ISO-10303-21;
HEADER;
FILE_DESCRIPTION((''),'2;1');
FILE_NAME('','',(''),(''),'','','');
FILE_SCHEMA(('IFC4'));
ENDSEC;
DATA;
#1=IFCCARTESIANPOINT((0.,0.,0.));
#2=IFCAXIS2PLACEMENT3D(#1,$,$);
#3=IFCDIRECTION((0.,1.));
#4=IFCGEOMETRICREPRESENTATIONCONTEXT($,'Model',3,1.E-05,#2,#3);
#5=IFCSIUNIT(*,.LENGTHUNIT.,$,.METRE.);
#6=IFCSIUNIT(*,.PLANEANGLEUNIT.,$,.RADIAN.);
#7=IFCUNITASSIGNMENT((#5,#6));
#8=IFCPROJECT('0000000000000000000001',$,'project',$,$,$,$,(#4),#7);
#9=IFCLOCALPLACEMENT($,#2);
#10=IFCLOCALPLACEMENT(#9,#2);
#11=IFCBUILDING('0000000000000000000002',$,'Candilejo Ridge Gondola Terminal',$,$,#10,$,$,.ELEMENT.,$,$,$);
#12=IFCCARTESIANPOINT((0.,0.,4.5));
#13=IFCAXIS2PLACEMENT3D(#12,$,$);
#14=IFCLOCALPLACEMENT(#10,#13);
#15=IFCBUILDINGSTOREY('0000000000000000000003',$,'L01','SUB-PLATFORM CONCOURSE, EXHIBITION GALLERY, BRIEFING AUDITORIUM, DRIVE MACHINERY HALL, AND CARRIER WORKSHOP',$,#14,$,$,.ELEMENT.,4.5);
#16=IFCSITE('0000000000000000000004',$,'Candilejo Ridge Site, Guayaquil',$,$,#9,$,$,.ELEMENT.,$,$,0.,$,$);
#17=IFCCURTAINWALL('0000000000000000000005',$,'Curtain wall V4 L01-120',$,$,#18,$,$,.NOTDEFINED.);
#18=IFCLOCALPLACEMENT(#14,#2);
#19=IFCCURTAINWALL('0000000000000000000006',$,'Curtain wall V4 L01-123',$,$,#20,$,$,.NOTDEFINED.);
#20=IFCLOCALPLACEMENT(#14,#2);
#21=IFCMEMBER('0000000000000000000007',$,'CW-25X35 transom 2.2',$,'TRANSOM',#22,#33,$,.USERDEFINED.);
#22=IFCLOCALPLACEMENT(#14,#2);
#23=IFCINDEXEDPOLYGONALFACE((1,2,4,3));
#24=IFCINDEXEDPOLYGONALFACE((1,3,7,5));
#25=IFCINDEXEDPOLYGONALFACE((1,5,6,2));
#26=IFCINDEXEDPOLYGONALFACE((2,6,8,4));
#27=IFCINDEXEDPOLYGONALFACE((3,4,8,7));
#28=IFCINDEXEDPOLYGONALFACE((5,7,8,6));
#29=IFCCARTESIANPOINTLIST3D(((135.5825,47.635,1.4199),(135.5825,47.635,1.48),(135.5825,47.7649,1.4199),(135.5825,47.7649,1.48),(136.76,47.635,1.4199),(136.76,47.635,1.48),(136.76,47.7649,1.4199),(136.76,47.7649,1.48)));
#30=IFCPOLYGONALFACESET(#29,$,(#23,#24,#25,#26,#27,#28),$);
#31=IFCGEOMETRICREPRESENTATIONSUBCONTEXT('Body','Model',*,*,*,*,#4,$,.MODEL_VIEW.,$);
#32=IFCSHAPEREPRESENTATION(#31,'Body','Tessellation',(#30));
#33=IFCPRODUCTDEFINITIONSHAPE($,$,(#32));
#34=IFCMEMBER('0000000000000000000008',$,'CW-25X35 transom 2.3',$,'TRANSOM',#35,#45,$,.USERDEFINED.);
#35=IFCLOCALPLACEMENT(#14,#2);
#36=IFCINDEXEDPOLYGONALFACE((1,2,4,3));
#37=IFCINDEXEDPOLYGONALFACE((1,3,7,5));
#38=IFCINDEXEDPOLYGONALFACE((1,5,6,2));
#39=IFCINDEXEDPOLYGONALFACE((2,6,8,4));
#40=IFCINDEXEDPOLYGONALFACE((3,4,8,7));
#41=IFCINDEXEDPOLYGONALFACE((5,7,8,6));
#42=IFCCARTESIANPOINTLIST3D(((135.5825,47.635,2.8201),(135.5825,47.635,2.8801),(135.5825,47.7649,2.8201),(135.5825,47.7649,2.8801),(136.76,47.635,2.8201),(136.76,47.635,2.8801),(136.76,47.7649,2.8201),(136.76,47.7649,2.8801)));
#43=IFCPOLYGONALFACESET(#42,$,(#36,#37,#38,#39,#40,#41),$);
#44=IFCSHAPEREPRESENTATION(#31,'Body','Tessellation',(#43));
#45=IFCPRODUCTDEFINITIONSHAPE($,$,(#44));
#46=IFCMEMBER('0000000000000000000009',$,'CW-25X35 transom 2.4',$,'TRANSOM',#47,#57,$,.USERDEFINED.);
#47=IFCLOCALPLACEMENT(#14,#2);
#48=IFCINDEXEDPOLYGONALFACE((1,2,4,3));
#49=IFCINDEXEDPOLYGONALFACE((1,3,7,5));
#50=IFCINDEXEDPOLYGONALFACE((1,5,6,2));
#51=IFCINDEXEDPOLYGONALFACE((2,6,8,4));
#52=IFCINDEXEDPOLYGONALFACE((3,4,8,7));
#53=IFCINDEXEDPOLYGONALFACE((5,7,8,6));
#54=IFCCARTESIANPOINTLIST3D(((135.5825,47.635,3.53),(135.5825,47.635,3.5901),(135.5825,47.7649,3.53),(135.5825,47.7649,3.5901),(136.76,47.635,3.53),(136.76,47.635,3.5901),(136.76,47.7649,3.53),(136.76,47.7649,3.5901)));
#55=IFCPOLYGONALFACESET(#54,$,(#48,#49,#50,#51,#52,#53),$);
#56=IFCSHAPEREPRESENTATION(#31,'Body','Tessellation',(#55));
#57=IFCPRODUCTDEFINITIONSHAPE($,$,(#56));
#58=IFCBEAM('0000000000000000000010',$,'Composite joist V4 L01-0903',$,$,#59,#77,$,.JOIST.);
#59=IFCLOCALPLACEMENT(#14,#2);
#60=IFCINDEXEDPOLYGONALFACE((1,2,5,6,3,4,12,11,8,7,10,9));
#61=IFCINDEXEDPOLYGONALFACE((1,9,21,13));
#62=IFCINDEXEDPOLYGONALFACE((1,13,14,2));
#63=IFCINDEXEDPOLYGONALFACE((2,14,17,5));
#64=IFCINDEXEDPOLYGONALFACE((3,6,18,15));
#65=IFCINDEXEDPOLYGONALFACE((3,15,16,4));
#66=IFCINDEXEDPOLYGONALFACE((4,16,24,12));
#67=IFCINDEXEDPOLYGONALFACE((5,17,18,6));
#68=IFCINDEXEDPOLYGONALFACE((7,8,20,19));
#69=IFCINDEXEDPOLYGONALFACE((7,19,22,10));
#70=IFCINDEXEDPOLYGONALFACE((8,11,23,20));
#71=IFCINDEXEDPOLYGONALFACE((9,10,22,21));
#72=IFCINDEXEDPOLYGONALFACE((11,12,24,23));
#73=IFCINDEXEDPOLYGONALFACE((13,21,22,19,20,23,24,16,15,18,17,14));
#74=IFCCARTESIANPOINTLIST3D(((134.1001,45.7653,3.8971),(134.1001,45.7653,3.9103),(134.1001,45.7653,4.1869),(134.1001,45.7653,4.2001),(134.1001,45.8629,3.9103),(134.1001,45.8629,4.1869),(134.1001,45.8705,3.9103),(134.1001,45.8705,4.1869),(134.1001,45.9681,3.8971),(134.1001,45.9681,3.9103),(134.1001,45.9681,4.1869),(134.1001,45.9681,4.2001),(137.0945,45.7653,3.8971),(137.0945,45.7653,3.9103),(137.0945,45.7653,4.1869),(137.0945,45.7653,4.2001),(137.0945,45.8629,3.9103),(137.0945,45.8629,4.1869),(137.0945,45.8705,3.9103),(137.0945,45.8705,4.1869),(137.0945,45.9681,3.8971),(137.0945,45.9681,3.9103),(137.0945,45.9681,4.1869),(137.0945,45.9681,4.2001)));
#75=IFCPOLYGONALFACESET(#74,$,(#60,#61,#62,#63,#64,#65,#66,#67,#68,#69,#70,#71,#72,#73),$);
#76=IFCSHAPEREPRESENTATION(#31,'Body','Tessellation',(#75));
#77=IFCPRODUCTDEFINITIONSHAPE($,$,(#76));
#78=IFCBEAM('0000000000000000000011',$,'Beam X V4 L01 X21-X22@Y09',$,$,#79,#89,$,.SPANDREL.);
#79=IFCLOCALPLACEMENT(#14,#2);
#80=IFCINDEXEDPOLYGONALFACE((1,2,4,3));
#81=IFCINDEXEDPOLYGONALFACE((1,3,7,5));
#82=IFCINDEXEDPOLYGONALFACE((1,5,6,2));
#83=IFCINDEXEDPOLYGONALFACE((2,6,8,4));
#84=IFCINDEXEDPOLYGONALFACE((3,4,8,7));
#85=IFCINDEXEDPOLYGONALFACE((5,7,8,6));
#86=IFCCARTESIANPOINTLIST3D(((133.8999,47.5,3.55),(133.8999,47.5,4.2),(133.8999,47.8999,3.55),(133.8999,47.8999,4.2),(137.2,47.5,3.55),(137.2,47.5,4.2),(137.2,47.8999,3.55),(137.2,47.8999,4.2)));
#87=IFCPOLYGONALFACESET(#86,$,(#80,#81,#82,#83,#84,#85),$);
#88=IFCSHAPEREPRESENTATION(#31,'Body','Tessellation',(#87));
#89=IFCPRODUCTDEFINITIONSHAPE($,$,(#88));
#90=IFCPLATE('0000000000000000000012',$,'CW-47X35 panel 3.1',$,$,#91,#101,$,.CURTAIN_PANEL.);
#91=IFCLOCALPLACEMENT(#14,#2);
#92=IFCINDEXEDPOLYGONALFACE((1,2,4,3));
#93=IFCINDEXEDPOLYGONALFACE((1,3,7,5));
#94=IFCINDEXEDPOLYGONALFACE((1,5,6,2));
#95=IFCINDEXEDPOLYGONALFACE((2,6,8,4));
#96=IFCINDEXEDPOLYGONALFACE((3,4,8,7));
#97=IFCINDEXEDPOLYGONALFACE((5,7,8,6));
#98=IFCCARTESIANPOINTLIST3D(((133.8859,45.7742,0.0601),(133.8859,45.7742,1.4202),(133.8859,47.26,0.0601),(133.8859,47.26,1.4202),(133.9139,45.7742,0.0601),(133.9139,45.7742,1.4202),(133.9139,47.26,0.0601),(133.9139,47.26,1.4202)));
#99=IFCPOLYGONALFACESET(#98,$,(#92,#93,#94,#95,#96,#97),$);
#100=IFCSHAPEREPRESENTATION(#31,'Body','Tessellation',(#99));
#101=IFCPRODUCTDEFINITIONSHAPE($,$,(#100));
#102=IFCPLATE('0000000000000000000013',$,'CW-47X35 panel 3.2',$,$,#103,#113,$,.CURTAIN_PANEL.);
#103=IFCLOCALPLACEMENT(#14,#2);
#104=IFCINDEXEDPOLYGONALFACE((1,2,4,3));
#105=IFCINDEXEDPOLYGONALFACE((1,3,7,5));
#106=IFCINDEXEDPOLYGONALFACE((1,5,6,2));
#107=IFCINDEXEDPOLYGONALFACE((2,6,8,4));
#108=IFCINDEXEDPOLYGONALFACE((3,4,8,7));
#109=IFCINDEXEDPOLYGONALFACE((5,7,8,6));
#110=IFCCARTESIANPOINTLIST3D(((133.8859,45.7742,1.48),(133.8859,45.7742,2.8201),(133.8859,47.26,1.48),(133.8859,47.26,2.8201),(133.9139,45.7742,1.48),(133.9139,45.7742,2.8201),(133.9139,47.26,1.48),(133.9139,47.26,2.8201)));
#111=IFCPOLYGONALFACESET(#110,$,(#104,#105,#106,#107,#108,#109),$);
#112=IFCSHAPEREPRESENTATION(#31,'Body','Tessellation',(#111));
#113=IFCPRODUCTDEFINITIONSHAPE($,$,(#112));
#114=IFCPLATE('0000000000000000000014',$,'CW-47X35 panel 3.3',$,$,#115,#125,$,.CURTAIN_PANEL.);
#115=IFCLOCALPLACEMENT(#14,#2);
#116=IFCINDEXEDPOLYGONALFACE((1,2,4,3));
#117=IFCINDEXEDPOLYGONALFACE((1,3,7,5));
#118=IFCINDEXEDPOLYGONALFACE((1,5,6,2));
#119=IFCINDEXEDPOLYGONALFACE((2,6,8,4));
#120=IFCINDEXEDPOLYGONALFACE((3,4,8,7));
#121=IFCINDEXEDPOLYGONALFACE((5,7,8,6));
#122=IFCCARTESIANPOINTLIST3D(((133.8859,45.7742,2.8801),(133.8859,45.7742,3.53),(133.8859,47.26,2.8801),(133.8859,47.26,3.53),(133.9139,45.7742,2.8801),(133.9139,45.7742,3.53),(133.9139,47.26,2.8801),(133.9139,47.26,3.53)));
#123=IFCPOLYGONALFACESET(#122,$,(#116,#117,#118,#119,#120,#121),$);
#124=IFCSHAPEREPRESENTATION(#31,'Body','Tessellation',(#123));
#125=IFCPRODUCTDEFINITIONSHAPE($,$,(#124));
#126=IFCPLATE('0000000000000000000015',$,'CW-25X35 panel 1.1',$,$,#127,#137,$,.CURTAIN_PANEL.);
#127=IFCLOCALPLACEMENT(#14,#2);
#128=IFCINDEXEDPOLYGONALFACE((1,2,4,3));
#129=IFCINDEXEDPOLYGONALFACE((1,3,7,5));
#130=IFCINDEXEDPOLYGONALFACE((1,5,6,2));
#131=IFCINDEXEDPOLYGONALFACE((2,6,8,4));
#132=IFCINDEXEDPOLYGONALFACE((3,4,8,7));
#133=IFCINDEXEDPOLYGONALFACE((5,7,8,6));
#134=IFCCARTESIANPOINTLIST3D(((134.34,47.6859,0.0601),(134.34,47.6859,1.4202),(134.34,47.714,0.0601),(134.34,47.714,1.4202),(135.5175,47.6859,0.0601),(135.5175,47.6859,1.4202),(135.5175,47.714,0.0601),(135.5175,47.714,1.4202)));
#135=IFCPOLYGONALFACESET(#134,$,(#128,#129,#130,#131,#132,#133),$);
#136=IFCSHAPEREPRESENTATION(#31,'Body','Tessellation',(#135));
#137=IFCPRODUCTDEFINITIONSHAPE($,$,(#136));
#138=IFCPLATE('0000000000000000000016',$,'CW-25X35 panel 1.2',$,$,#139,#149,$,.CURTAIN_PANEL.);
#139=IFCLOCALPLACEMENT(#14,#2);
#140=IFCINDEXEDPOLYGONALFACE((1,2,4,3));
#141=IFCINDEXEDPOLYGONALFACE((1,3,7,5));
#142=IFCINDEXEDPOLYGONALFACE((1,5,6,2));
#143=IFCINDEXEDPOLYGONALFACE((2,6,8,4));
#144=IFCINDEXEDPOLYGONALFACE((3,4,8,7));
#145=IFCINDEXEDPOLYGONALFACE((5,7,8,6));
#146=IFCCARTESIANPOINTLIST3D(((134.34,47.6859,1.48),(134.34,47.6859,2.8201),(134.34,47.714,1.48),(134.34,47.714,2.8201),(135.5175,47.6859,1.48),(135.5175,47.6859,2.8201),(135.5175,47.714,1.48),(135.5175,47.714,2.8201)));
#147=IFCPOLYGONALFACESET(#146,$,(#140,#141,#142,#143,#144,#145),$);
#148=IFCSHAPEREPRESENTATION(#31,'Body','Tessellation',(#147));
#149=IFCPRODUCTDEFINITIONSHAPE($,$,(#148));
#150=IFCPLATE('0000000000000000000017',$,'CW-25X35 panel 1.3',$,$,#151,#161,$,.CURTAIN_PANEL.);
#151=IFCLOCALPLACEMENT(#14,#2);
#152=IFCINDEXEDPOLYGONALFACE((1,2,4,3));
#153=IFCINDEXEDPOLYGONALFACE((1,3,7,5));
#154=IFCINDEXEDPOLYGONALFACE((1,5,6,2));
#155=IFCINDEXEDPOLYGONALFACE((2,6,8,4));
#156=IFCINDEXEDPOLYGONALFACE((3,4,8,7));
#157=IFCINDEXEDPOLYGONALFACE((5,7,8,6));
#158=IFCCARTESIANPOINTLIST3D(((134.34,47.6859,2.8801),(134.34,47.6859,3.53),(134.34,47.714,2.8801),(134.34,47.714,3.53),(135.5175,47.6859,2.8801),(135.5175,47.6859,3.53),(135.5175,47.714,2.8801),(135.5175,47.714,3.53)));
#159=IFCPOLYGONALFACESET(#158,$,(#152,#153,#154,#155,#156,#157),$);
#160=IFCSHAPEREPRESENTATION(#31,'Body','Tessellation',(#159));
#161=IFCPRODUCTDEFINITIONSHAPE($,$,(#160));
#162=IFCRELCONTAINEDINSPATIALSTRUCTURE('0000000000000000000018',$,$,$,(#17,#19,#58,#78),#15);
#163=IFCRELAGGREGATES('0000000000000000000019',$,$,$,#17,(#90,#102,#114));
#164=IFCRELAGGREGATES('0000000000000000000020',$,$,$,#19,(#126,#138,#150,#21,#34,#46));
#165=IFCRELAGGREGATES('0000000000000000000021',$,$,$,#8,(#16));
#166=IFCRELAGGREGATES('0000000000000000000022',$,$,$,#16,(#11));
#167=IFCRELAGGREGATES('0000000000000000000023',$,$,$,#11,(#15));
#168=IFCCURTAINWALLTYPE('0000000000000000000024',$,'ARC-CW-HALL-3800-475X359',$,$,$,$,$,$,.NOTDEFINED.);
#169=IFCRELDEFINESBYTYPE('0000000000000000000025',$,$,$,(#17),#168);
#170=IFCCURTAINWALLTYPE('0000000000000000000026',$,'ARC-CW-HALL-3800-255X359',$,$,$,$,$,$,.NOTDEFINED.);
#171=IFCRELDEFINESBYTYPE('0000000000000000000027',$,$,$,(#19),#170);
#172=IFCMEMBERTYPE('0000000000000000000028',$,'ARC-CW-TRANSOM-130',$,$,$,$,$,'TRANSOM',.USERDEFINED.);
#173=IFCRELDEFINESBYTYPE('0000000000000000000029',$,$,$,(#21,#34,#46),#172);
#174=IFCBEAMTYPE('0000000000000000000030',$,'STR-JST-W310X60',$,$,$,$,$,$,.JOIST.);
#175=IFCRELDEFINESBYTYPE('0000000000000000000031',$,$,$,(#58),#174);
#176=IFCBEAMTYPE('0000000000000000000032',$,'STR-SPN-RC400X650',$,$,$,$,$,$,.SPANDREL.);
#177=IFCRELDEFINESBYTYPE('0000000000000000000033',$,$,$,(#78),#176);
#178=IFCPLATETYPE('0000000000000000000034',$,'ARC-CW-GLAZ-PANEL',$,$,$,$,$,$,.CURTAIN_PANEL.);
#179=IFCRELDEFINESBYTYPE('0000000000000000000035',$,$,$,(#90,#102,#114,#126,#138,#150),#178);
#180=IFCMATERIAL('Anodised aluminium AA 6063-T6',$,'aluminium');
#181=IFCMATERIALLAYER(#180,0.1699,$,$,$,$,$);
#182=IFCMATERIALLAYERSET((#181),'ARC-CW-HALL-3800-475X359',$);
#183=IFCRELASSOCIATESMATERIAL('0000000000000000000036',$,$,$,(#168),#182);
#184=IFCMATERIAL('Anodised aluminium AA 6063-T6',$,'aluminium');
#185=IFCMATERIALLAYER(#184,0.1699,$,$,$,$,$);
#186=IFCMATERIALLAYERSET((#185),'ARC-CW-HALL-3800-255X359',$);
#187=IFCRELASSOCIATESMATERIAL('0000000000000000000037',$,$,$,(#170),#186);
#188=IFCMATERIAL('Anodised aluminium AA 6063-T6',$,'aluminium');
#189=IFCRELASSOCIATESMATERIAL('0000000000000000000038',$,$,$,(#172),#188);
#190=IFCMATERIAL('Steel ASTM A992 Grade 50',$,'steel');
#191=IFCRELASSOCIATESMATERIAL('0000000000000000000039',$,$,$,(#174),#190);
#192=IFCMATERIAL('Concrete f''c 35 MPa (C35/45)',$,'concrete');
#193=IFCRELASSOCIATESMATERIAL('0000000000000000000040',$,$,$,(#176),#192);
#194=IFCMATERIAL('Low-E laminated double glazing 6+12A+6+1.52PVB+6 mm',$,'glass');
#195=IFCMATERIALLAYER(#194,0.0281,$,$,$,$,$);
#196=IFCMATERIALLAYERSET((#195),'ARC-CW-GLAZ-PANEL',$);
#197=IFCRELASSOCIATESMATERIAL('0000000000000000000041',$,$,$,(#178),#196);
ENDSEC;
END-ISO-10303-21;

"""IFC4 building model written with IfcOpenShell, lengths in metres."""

from ifc_helpers import new_model, si_unit, direction, frame, origin, origin_2d, place, context, subcontext, project, spatial, rectangle, i_section, extrude, material, layer, layer_set, material_profile, profile_set, type_object, element, aggregate, save


model = new_model("IFC4")

# Units and contexts
model_context = context("Model", 3, precision=1e-05, world=origin(), true_north=direction((0.0, 1.0)))
body_context = subcontext(model_context, "Body", "Model", "MODEL_VIEW")
ifc_project = project(units=[si_unit("LENGTHUNIT", "METRE"), si_unit("PLANEANGLEUNIT", "RADIAN")], contexts=[model_context])

# Site, building, storey
site_placement = place(None, origin())
site = spatial("IfcSite", under=ifc_project, at=site_placement, Name="Candilejo Ridge Site, Guayaquil", CompositionType="ELEMENT", RefElevation=0.0)
building_placement = place(site_placement, origin())
building = spatial("IfcBuilding", under=site, at=building_placement, Name="Candilejo Ridge Gondola Terminal", CompositionType="ELEMENT")
storey_placement = place(building_placement, frame((0.0, 0.0, 4.5)))
storey = spatial("IfcBuildingStorey", under=building, at=storey_placement, Name="L01", Description="SUB-PLATFORM CONCOURSE, EXHIBITION GALLERY, BRIEFING AUDITORIUM, DRIVE MACHINERY HALL, AND CARRIER WORKSHOP", CompositionType="ELEMENT", Elevation=4.5)

# Curtain walls
ifc_material_1 = material(Name="Anodised aluminium AA 6063-T6", Category="aluminium")
ifc_layer_1 = layer(ifc_material_1, 0.1699)
ifc_layer_set_1 = layer_set([ifc_layer_1], Name="ARC-CW-HALL-3800-475X359")
curtain_wall_type_1 = type_object("IfcCurtainWallType", Name="ARC-CW-HALL-3800-475X359", PredefinedType="NOTDEFINED", material=ifc_layer_set_1)
curtain_wall_1_placement = place(storey_placement, origin())
curtain_wall_1 = element("IfcCurtainWall", 1, at=curtain_wall_1_placement, inside=storey, type_object=curtain_wall_type_1, Name="Curtain wall V4 L01-120", PredefinedType="NOTDEFINED")
ifc_material_2 = material(Name="Anodised aluminium AA 6063-T6", Category="aluminium")
ifc_layer_2 = layer(ifc_material_2, 0.1699)
ifc_layer_set_2 = layer_set([ifc_layer_2], Name="ARC-CW-HALL-3800-255X359")
curtain_wall_type_2 = type_object("IfcCurtainWallType", Name="ARC-CW-HALL-3800-255X359", PredefinedType="NOTDEFINED", material=ifc_layer_set_2)
curtain_wall_2_placement = place(storey_placement, origin())
curtain_wall_2 = element("IfcCurtainWall", 2, at=curtain_wall_2_placement, inside=storey, type_object=curtain_wall_type_2, Name="Curtain wall V4 L01-123", PredefinedType="NOTDEFINED")

# Members
ifc_material_3 = material(Name="Anodised aluminium AA 6063-T6", Category="aluminium")
ifc_material_profile_1 = material_profile(ifc_material_3, rectangle(XDim=0.1299, YDim=0.0601, at=origin_2d()))
ifc_profile_set_1 = profile_set([ifc_material_profile_1], Name="Anodised aluminium AA 6063-T6")
member_type_1 = type_object("IfcMemberType", Name="ARC-CW-TRANSOM-130", ElementType="TRANSOM", PredefinedType="USERDEFINED", material=ifc_profile_set_1)
member_1_placement = place(storey_placement, frame((135.5825, 47.7, 1.45), z_axis=(1.0, 0.0, 0.0), x_axis=(0.0, 1.0, 0.0)))
member_1 = element("IfcMember", 3, at=member_1_placement, type_object=member_type_1, Name="CW-25X35 transom 2.2", ObjectType="TRANSOM", PredefinedType="USERDEFINED", context=body_context, shape_type="SweptSolid", body=[
    extrude(rectangle(XDim=0.1299, YDim=0.0601, at=origin_2d()), origin(), (0.0, 0.0, 1.0), 1.1775),
])
member_2_placement = place(storey_placement, frame((135.5825, 47.7, 2.8501), z_axis=(1.0, 0.0, 0.0), x_axis=(0.0, 1.0, 0.0)))
member_2 = element("IfcMember", 4, at=member_2_placement, type_object=member_type_1, Name="CW-25X35 transom 2.3", ObjectType="TRANSOM", PredefinedType="USERDEFINED", context=body_context, shape_type="SweptSolid", body=[
    extrude(rectangle(XDim=0.1299, YDim=0.0601, at=origin_2d()), origin(), (0.0, 0.0, 1.0), 1.1775),
])
member_3_placement = place(storey_placement, frame((135.5825, 47.7, 3.5601), z_axis=(1.0, 0.0, 0.0), x_axis=(0.0, 1.0, 0.0)))
member_3 = element("IfcMember", 5, at=member_3_placement, type_object=member_type_1, Name="CW-25X35 transom 2.4", ObjectType="TRANSOM", PredefinedType="USERDEFINED", context=body_context, shape_type="SweptSolid", body=[
    extrude(rectangle(XDim=0.1299, YDim=0.0601, at=origin_2d()), origin(), (0.0, 0.0, 1.0), 1.1775),
])

# Beams
ifc_material_4 = material(Name="Steel ASTM A992 Grade 50", Category="steel")
ifc_material_profile_2 = material_profile(ifc_material_4, i_section(OverallWidth=0.2029, OverallDepth=0.303, WebThickness=0.0076, FlangeThickness=0.0132, at=origin_2d()))
ifc_profile_set_2 = profile_set([ifc_material_profile_2], Name="Steel ASTM A992 Grade 50")
beam_type_1 = type_object("IfcBeamType", Name="STR-JST-W310X60", PredefinedType="JOIST", material=ifc_profile_set_2)
beam_1_placement = place(storey_placement, frame((134.1001, 45.8667, 4.0486), z_axis=(1.0, 0.0, 0.0), x_axis=(0.0, 1.0, 0.0)))
element("IfcBeam", 6, at=beam_1_placement, inside=storey, type_object=beam_type_1, Name="Composite joist V4 L01-0903", PredefinedType="JOIST", context=body_context, shape_type="SweptSolid", body=[
    extrude(i_section(OverallWidth=0.2029, OverallDepth=0.303, WebThickness=0.0076, FlangeThickness=0.0132, at=origin_2d()), origin(), (0.0, 0.0, 1.0), 2.9944),
])
ifc_material_5 = material(Name="Concrete f'c 35 MPa (C35/45)", Category="concrete")
ifc_material_profile_3 = material_profile(ifc_material_5, rectangle(XDim=0.3999, YDim=0.6499, at=origin_2d()))
ifc_profile_set_3 = profile_set([ifc_material_profile_3], Name="Concrete f'c 35 MPa (C35/45)")
beam_type_2 = type_object("IfcBeamType", Name="STR-SPN-RC400X650", PredefinedType="SPANDREL", material=ifc_profile_set_3)
beam_2_placement = place(storey_placement, frame((133.8999, 47.7, 3.875), z_axis=(1.0, 0.0, 0.0), x_axis=(0.0, 1.0, 0.0)))
element("IfcBeam", 7, at=beam_2_placement, inside=storey, type_object=beam_type_2, Name="Beam X V4 L01 X21-X22@Y09", PredefinedType="SPANDREL", context=body_context, shape_type="SweptSolid", body=[
    extrude(rectangle(XDim=0.3999, YDim=0.6499, at=origin_2d()), origin(), (0.0, 0.0, 1.0), 3.3),
])

# Plates
ifc_material_6 = material(Name="Low-E laminated double glazing 6+12A+6+1.52PVB+6 mm", Category="glass")
ifc_layer_3 = layer(ifc_material_6, 0.0281)
ifc_layer_set_3 = layer_set([ifc_layer_3], Name="ARC-CW-GLAZ-PANEL")
plate_type = type_object("IfcPlateType", Name="ARC-CW-GLAZ-PANEL", PredefinedType="CURTAIN_PANEL", material=ifc_layer_set_3)
plate_1_placement = place(storey_placement, frame((133.8999, 46.5171, 0.0601), z_axis=(0.0, 0.0, 1.0), x_axis=(0.0, 1.0, 0.0)))
plate_1 = element("IfcPlate", 8, at=plate_1_placement, type_object=plate_type, Name="CW-47X35 panel 3.1", PredefinedType="CURTAIN_PANEL", context=body_context, shape_type="SweptSolid", body=[
    extrude(rectangle(XDim=1.4858, YDim=0.0281, at=origin_2d()), origin(), (0.0, 0.0, 1.0), 1.3601),
])
plate_2_placement = place(storey_placement, frame((133.8999, 46.5171, 1.48), z_axis=(0.0, 0.0, 1.0), x_axis=(0.0, 1.0, 0.0)))
plate_2 = element("IfcPlate", 9, at=plate_2_placement, type_object=plate_type, Name="CW-47X35 panel 3.2", PredefinedType="CURTAIN_PANEL", context=body_context, shape_type="SweptSolid", body=[
    extrude(rectangle(XDim=1.4858, YDim=0.0281, at=origin_2d()), origin(), (0.0, 0.0, 1.0), 1.3401),
])
plate_3_placement = place(storey_placement, frame((133.8999, 46.5171, 2.8801), z_axis=(0.0, 0.0, 1.0), x_axis=(0.0, 1.0, 0.0)))
plate_3 = element("IfcPlate", 10, at=plate_3_placement, type_object=plate_type, Name="CW-47X35 panel 3.3", PredefinedType="CURTAIN_PANEL", context=body_context, shape_type="SweptSolid", body=[
    extrude(rectangle(XDim=1.4858, YDim=0.0281, at=origin_2d()), origin(), (0.0, 0.0, 1.0), 0.6499),
])
aggregate(curtain_wall_1, [plate_1, plate_2, plate_3])
plate_4_placement = place(storey_placement, frame((134.9287, 47.7, 0.0601), z_axis=(0.0, 0.0, 1.0), x_axis=(1.0, 0.0, 0.0)))
plate_4 = element("IfcPlate", 11, at=plate_4_placement, type_object=plate_type, Name="CW-25X35 panel 1.1", PredefinedType="CURTAIN_PANEL", context=body_context, shape_type="SweptSolid", body=[
    extrude(rectangle(XDim=1.1775, YDim=0.0281, at=origin_2d()), origin(), (0.0, 0.0, 1.0), 1.3601),
])
plate_5_placement = place(storey_placement, frame((134.9287, 47.7, 1.48), z_axis=(0.0, 0.0, 1.0), x_axis=(1.0, 0.0, 0.0)))
plate_5 = element("IfcPlate", 12, at=plate_5_placement, type_object=plate_type, Name="CW-25X35 panel 1.2", PredefinedType="CURTAIN_PANEL", context=body_context, shape_type="SweptSolid", body=[
    extrude(rectangle(XDim=1.1775, YDim=0.0281, at=origin_2d()), origin(), (0.0, 0.0, 1.0), 1.3401),
])
plate_6_placement = place(storey_placement, frame((134.9287, 47.7, 2.8801), z_axis=(0.0, 0.0, 1.0), x_axis=(1.0, 0.0, 0.0)))
plate_6 = element("IfcPlate", 13, at=plate_6_placement, type_object=plate_type, Name="CW-25X35 panel 1.3", PredefinedType="CURTAIN_PANEL", context=body_context, shape_type="SweptSolid", body=[
    extrude(rectangle(XDim=1.1775, YDim=0.0281, at=origin_2d()), origin(), (0.0, 0.0, 1.0), 0.6499),
])
aggregate(curtain_wall_2, [plate_4, plate_5, plate_6, member_1, member_2, member_3])

save(model, "model.ifc")
